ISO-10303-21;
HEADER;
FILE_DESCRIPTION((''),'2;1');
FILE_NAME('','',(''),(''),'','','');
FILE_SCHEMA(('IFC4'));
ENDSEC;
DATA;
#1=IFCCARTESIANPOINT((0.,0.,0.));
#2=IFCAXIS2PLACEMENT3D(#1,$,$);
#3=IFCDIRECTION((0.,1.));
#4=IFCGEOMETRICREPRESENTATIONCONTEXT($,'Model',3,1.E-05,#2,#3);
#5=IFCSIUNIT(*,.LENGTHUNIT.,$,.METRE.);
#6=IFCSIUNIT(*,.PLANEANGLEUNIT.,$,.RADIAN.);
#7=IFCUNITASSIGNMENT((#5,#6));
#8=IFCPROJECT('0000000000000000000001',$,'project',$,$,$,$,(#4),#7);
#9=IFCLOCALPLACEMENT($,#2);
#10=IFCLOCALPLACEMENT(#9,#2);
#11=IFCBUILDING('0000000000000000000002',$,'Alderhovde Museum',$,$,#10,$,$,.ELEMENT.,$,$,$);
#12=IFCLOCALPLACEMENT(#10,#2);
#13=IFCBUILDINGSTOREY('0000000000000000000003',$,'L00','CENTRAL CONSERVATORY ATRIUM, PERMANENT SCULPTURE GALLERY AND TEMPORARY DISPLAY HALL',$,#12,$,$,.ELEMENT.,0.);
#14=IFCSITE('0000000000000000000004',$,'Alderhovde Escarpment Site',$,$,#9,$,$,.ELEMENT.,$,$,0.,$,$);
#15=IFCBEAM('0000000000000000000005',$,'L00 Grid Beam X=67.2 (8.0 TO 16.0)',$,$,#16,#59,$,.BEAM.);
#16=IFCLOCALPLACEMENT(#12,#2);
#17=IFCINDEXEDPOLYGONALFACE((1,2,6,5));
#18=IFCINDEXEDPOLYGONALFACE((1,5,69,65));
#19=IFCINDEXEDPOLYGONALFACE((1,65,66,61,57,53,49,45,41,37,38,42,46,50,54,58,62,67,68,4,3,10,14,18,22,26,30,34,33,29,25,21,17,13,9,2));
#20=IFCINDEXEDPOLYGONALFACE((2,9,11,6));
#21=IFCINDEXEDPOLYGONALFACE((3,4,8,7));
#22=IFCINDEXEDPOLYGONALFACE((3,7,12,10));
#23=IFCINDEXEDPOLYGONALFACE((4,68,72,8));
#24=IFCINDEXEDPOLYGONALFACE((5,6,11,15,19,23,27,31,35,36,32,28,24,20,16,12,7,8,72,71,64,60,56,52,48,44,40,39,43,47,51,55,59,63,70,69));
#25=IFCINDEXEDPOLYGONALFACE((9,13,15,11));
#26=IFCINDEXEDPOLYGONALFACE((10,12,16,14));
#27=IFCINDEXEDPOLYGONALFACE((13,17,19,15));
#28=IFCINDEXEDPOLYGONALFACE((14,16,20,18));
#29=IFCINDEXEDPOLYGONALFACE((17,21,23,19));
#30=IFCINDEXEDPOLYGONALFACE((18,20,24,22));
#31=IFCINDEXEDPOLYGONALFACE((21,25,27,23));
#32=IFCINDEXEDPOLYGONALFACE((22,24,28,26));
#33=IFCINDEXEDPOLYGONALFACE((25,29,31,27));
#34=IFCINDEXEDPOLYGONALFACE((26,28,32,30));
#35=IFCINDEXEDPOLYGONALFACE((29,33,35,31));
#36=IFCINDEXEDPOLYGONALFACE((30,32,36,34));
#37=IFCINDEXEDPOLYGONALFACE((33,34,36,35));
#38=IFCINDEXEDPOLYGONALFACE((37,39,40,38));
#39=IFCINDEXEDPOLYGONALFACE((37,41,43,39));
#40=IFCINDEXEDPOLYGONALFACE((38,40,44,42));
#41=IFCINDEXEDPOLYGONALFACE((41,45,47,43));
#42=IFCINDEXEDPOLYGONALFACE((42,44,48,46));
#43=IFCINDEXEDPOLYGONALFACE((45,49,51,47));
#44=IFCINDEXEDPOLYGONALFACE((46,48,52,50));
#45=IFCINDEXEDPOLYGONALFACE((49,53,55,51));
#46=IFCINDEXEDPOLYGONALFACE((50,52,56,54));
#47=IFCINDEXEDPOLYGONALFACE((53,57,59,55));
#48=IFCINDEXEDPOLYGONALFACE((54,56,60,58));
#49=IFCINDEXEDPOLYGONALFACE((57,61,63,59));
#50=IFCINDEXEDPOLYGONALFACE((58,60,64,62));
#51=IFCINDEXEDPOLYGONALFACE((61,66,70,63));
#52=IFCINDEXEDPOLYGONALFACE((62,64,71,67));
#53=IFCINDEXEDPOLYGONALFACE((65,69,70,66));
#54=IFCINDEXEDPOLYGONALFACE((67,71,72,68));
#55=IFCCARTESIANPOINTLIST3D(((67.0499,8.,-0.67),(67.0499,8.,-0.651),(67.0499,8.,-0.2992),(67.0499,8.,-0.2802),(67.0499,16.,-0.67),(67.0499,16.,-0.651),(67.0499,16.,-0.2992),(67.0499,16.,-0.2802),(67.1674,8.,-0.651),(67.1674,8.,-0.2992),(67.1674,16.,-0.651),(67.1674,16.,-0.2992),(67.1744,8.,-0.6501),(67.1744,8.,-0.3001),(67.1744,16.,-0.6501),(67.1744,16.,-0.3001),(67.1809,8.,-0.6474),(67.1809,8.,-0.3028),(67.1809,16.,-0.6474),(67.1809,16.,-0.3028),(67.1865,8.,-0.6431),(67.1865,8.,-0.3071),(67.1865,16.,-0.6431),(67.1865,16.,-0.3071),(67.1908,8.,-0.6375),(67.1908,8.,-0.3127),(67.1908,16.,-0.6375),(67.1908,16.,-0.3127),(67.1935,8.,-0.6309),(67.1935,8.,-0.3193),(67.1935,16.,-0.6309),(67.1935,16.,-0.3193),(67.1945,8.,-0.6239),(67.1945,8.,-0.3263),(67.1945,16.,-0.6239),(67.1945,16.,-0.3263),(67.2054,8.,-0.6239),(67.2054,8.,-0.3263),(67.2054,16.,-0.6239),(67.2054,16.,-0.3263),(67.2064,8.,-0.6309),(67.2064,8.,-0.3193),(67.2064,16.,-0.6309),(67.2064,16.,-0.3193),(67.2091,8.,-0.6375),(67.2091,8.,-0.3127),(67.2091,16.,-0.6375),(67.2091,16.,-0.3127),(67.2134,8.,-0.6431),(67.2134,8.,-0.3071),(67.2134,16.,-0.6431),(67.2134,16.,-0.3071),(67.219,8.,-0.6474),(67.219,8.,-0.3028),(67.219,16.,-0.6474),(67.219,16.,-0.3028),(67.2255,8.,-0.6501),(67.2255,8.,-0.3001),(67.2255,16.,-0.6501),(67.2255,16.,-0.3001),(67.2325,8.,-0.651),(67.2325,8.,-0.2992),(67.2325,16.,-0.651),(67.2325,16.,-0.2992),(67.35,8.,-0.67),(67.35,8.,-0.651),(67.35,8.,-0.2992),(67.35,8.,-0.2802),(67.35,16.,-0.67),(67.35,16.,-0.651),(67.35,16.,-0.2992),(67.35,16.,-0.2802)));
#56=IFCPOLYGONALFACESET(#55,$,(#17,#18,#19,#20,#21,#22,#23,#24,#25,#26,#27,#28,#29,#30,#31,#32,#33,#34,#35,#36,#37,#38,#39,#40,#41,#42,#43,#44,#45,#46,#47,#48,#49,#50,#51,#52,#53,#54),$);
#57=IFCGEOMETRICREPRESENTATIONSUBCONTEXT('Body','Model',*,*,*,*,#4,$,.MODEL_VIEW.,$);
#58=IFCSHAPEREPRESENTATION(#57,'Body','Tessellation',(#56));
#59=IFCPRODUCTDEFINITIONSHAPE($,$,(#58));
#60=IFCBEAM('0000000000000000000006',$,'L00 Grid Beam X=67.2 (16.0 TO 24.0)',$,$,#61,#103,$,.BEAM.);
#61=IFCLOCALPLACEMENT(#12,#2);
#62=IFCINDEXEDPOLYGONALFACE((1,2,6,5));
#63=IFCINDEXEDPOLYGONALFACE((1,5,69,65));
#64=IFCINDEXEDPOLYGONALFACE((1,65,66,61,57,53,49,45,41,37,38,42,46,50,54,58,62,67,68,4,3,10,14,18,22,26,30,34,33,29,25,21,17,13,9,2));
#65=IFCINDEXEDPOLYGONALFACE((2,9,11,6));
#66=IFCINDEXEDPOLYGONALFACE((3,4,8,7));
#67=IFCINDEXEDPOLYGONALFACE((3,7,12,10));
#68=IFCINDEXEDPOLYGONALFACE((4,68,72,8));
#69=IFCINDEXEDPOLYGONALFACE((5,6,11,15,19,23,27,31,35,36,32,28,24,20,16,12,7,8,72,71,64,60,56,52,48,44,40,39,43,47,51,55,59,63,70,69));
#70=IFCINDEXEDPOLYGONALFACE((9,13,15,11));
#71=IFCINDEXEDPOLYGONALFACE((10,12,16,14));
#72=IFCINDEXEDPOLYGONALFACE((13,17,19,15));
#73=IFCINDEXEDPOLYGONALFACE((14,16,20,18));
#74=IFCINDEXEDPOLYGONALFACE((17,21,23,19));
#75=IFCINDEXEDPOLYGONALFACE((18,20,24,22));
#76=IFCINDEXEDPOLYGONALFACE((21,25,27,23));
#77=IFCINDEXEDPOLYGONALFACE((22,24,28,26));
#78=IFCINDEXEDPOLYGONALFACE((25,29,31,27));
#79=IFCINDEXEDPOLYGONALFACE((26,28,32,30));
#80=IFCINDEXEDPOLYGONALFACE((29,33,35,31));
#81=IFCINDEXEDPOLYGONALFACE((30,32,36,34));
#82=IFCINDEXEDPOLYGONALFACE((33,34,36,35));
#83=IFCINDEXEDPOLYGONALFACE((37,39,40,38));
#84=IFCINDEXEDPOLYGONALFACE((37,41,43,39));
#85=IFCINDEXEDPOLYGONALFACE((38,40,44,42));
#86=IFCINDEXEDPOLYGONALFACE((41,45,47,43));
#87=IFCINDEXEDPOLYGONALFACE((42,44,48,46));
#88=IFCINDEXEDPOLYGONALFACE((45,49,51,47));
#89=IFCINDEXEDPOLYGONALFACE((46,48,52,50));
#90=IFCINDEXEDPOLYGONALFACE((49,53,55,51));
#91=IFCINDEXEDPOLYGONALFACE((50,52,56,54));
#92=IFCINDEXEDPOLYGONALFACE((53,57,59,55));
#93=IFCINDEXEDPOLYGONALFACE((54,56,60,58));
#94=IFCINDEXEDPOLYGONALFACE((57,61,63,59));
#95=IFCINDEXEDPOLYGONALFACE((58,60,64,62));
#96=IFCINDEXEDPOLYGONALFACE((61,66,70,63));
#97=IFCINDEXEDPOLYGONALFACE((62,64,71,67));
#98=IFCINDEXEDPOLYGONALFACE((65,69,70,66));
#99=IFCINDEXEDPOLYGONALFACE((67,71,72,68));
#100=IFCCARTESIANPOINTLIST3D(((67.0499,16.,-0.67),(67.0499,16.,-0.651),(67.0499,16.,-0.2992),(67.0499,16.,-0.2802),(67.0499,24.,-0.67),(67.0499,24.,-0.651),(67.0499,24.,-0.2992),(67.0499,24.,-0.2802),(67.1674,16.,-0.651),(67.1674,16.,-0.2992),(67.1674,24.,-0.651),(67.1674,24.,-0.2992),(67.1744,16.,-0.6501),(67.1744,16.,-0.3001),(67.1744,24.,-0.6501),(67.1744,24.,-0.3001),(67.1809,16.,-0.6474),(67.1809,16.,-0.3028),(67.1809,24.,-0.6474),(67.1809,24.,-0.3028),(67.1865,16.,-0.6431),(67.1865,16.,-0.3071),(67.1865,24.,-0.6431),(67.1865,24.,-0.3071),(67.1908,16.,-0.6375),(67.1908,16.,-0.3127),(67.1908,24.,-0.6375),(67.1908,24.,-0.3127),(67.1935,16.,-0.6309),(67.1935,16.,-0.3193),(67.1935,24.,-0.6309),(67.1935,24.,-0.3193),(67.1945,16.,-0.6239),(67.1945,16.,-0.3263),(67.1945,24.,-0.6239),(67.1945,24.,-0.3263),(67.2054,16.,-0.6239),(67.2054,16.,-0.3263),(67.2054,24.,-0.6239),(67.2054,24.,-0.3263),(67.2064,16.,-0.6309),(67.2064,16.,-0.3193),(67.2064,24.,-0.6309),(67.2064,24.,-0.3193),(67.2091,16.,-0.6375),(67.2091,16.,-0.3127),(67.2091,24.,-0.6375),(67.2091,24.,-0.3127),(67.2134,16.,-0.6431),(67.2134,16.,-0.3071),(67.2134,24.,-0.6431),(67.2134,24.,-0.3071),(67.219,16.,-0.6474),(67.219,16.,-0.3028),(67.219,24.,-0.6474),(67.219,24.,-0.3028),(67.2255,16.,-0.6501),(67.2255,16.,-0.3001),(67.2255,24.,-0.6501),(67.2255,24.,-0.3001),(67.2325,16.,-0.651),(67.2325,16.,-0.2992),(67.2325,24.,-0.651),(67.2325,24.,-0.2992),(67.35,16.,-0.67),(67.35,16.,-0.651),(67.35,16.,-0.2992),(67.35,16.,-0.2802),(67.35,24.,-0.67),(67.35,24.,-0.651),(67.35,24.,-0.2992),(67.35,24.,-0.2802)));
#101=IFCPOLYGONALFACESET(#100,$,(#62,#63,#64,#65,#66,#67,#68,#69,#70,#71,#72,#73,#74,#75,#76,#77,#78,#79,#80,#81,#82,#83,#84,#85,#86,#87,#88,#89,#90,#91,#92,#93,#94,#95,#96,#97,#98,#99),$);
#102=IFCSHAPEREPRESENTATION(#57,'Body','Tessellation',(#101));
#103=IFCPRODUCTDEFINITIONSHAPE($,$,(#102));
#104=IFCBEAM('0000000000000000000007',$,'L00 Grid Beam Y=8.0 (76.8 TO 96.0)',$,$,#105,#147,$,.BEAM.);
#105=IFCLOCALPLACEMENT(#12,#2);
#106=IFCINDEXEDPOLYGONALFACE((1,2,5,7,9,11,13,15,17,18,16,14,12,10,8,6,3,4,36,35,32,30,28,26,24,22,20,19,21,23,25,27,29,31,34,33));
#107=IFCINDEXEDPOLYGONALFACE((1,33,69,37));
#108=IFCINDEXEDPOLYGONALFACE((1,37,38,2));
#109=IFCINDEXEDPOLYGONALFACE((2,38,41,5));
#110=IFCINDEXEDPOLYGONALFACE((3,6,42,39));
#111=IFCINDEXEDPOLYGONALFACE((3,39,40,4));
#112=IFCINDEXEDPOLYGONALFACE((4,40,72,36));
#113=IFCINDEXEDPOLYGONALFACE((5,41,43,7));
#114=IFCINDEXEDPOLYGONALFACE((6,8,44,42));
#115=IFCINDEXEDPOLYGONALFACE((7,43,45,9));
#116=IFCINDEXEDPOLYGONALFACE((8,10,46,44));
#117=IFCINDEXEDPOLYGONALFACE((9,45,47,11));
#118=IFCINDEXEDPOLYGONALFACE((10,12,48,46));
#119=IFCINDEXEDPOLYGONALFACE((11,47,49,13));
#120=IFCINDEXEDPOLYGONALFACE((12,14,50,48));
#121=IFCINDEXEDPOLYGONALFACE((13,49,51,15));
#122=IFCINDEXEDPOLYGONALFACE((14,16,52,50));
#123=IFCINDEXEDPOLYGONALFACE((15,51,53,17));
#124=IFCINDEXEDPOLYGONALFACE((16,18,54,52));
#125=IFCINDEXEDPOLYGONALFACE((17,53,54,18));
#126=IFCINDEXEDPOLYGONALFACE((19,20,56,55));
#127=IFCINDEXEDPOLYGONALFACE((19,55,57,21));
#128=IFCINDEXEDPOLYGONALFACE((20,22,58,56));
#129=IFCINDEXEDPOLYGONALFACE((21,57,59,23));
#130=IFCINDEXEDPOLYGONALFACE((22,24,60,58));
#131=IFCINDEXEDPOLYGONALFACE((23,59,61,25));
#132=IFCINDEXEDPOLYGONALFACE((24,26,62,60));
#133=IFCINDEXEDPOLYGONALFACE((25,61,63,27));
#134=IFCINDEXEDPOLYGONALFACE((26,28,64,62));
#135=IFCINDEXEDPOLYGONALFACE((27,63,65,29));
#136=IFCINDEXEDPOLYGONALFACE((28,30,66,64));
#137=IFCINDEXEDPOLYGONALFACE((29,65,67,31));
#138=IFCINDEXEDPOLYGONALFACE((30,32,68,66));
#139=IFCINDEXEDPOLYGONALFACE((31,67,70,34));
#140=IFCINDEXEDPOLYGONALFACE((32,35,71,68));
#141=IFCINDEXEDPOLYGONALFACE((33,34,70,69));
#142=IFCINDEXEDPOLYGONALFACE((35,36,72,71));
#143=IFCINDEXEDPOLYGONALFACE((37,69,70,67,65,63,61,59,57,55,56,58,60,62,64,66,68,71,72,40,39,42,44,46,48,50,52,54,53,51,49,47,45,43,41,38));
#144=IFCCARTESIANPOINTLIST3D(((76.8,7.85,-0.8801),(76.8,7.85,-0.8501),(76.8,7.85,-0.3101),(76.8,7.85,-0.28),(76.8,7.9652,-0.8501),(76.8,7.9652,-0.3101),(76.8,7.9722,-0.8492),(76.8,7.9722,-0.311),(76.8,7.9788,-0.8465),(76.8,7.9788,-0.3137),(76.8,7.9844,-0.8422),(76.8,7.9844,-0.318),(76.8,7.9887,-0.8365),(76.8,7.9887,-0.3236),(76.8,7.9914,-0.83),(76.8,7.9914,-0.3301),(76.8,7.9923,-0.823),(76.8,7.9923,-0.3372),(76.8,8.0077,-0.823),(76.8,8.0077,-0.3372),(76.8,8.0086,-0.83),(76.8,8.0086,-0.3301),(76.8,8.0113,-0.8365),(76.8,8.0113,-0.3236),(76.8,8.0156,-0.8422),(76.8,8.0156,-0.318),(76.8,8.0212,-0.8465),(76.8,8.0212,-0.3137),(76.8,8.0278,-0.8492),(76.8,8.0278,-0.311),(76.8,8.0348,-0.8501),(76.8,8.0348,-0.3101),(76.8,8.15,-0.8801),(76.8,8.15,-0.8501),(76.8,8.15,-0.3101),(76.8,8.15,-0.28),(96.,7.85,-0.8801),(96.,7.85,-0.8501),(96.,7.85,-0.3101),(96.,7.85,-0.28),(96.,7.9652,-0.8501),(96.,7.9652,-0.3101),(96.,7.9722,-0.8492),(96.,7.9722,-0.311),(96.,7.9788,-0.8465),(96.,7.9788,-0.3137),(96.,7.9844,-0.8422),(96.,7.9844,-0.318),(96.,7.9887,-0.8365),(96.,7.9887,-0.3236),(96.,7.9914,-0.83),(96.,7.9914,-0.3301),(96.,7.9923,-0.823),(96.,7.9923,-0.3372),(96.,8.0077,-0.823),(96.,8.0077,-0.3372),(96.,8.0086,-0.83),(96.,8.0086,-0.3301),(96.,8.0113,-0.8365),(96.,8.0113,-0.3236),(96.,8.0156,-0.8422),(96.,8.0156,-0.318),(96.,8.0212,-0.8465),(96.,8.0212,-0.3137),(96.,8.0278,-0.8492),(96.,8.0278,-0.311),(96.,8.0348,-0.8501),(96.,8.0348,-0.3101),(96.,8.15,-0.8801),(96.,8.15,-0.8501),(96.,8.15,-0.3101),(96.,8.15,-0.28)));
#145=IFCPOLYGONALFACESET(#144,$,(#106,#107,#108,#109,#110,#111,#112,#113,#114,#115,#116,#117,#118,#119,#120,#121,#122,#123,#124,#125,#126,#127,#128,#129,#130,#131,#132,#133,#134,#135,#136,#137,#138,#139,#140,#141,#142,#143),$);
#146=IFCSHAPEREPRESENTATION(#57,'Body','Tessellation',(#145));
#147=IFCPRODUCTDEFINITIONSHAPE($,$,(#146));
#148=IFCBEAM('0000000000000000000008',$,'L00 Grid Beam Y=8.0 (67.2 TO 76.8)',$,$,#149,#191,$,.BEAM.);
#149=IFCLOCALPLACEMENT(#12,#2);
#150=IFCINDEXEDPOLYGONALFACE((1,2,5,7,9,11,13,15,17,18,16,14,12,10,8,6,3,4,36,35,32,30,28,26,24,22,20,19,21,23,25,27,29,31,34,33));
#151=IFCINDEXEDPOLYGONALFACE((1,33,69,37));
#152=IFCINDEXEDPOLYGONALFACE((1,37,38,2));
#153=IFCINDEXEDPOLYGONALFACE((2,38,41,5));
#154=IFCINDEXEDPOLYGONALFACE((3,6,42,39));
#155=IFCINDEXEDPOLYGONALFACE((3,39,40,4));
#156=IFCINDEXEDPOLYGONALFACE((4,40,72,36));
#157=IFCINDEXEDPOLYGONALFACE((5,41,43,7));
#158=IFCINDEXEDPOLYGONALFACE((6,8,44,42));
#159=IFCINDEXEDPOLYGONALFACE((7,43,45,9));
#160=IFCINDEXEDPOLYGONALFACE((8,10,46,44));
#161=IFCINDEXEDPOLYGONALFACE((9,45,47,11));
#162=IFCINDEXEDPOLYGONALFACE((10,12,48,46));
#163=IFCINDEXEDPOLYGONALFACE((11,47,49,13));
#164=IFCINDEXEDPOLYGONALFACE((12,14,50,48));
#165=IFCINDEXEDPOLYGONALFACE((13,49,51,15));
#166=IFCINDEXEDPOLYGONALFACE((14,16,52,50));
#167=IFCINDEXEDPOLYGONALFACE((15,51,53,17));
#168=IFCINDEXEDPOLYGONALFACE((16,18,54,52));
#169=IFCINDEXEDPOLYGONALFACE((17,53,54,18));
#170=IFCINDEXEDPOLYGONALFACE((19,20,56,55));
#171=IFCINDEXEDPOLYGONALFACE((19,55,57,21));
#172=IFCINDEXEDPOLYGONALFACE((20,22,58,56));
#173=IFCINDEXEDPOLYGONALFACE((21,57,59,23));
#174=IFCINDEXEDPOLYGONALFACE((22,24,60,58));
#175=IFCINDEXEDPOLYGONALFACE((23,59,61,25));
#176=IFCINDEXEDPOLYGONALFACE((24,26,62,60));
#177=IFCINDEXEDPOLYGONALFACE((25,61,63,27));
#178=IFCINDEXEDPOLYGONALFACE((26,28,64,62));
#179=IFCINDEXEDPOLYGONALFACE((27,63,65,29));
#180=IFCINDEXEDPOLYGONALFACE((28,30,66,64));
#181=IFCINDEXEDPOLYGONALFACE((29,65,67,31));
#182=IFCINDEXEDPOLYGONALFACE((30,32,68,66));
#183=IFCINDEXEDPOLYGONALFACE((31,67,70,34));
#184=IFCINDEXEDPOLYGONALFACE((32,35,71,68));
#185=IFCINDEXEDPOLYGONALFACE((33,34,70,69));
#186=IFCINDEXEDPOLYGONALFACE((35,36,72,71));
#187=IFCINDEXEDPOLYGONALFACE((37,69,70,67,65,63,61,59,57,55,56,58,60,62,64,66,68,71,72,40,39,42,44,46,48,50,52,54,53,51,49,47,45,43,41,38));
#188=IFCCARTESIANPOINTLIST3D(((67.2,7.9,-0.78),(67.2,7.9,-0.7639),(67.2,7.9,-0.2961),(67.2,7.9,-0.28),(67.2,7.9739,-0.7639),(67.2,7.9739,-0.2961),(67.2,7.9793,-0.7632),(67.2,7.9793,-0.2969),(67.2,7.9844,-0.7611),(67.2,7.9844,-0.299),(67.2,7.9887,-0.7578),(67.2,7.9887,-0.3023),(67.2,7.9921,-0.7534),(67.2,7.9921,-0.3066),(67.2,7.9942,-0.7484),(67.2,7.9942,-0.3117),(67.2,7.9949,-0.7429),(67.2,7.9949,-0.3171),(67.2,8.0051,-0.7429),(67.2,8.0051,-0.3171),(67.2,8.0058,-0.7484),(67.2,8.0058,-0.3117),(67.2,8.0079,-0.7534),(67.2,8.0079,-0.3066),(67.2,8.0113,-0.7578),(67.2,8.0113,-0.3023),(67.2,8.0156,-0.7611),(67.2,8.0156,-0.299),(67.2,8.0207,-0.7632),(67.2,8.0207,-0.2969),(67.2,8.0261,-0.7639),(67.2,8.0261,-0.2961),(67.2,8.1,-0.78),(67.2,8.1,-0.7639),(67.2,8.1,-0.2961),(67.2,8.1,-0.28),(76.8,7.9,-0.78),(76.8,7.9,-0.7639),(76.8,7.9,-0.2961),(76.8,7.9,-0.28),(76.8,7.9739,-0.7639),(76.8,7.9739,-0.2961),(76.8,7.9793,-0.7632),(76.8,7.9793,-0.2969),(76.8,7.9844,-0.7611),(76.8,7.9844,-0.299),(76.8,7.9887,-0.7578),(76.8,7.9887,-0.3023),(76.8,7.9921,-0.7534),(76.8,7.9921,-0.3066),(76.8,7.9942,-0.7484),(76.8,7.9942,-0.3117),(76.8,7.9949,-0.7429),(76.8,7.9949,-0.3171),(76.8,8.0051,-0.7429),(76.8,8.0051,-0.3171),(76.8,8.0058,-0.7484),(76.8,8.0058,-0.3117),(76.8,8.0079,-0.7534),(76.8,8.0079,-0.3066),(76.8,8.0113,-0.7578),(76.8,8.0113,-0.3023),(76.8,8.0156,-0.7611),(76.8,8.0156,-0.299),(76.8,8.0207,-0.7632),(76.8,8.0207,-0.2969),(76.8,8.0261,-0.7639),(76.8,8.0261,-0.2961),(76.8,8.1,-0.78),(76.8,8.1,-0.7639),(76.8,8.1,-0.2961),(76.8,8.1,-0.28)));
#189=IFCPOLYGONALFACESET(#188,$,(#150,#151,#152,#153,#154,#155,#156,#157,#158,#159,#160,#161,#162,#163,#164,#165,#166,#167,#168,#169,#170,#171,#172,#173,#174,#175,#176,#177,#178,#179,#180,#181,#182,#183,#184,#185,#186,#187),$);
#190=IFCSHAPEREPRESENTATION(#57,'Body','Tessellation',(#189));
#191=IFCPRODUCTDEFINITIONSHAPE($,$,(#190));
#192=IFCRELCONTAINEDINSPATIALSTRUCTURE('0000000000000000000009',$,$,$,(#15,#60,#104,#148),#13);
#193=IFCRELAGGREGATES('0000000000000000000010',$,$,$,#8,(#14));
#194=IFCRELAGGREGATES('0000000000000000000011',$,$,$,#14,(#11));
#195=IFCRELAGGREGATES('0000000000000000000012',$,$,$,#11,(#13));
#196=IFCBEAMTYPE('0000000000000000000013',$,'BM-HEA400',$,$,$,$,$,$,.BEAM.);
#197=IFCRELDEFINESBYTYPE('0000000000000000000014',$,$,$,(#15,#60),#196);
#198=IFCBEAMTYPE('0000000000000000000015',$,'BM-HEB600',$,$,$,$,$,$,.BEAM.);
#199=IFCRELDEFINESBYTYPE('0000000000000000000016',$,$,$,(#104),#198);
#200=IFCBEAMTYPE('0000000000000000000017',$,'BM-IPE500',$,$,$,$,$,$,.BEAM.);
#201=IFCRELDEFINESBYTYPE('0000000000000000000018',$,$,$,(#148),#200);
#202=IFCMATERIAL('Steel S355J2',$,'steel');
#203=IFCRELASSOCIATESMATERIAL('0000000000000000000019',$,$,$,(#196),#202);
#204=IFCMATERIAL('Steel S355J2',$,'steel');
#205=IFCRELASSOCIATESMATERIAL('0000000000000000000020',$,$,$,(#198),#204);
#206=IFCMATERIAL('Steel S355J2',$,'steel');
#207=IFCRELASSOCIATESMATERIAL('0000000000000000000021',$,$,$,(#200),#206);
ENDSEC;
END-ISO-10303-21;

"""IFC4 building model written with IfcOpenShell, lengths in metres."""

from ifc_helpers import new_model, si_unit, direction, frame, origin, origin_2d, place, context, subcontext, project, spatial, i_section, extrude, material, material_profile, profile_set, type_object, element, save


model = new_model("IFC4")

# Units and contexts
model_context = context("Model", 3, precision=1e-05, world=origin(), true_north=direction((0.0, 1.0)))
body_context = subcontext(model_context, "Body", "Model", "MODEL_VIEW")
ifc_project = project(units=[si_unit("LENGTHUNIT", "METRE"), si_unit("PLANEANGLEUNIT", "RADIAN")], contexts=[model_context])

# Site, building, storey
site_placement = place(None, origin())
site = spatial("IfcSite", under=ifc_project, at=site_placement, Name="Alderhovde Escarpment Site", CompositionType="ELEMENT", RefElevation=0.0)
building_placement = place(site_placement, origin())
building = spatial("IfcBuilding", under=site, at=building_placement, Name="Alderhovde Museum", CompositionType="ELEMENT")
storey_placement = place(building_placement, origin())
storey = spatial("IfcBuildingStorey", under=building, at=storey_placement, Name="L00", Description="CENTRAL CONSERVATORY ATRIUM, PERMANENT SCULPTURE GALLERY AND TEMPORARY DISPLAY HALL", CompositionType="ELEMENT", Elevation=0.0)

# Beams
ifc_material_1 = material(Name="Steel S355J2", Category="steel")
ifc_material_profile_1 = material_profile(ifc_material_1, i_section(OverallWidth=0.3, OverallDepth=0.3899, WebThickness=0.011, FlangeThickness=0.019, FilletRadius=0.0271, at=origin_2d()), Name="HEA 400")
ifc_profile_set_1 = profile_set([ifc_material_profile_1], Name="Steel S355J2")
beam_type_1 = type_object("IfcBeamType", Name="BM-HEA400", PredefinedType="BEAM", material=ifc_profile_set_1)
for number, where, z_axis, x_axis, name in (
    (1, (67.2, 8.0, -0.4751), (0.0, 1.0, 0.0), (-1.0, 0.0, 0.0), "L00 Grid Beam X=67.2 (8.0 TO 16.0)"),
    (2, (67.2, 16.0, -0.4751), (0.0, 1.0, 0.0), (-1.0, 0.0, 0.0), "L00 Grid Beam X=67.2 (16.0 TO 24.0)"),
):
    element("IfcBeam", number, at=place(storey_placement, frame(where, z_axis=z_axis, x_axis=x_axis)), inside=storey, type_object=beam_type_1, Name=name, PredefinedType="BEAM", context=body_context, shape_type="SweptSolid", body=[
        extrude(i_section(OverallWidth=0.3, OverallDepth=0.3899, WebThickness=0.011, FlangeThickness=0.019, FilletRadius=0.0271, at=origin_2d()), origin(), (0.0, 0.0, 1.0), 8.0),
    ])
ifc_material_2 = material(Name="Steel S355J2", Category="steel")
ifc_material_profile_2 = material_profile(ifc_material_2, i_section(OverallWidth=0.3, OverallDepth=0.6001, WebThickness=0.0154, FlangeThickness=0.03, FilletRadius=0.0271, at=origin_2d()), Name="HEB 600")
ifc_profile_set_2 = profile_set([ifc_material_profile_2], Name="Steel S355J2")
beam_type_2 = type_object("IfcBeamType", Name="BM-HEB600", PredefinedType="BEAM", material=ifc_profile_set_2)
beam_1_placement = place(storey_placement, frame((76.8, 8.0, -0.5801), z_axis=(1.0, 0.0, 0.0), x_axis=(0.0, 1.0, 0.0)))
element("IfcBeam", 3, at=beam_1_placement, inside=storey, type_object=beam_type_2, Name="L00 Grid Beam Y=8.0 (76.8 TO 96.0)", PredefinedType="BEAM", context=body_context, shape_type="SweptSolid", body=[
    extrude(i_section(OverallWidth=0.3, OverallDepth=0.6001, WebThickness=0.0154, FlangeThickness=0.03, FilletRadius=0.0271, at=origin_2d()), origin(), (0.0, 0.0, 1.0), 19.2),
])
ifc_material_3 = material(Name="Steel S355J2", Category="steel")
ifc_material_profile_3 = material_profile(ifc_material_3, i_section(OverallWidth=0.2, OverallDepth=0.5, WebThickness=0.0103, FlangeThickness=0.0161, FilletRadius=0.021, at=origin_2d()), Name="IPE 500")
ifc_profile_set_3 = profile_set([ifc_material_profile_3], Name="Steel S355J2")
beam_type_3 = type_object("IfcBeamType", Name="BM-IPE500", PredefinedType="BEAM", material=ifc_profile_set_3)
beam_2_placement = place(storey_placement, frame((67.2, 8.0, -0.53), z_axis=(1.0, 0.0, 0.0), x_axis=(0.0, 1.0, 0.0)))
element("IfcBeam", 4, at=beam_2_placement, inside=storey, type_object=beam_type_3, Name="L00 Grid Beam Y=8.0 (67.2 TO 76.8)", PredefinedType="BEAM", context=body_context, shape_type="SweptSolid", body=[
    extrude(i_section(OverallWidth=0.2, OverallDepth=0.5, WebThickness=0.0103, FlangeThickness=0.0161, FilletRadius=0.021, at=origin_2d()), origin(), (0.0, 0.0, 1.0), 9.6001),
])

save(model, "model.ifc")
